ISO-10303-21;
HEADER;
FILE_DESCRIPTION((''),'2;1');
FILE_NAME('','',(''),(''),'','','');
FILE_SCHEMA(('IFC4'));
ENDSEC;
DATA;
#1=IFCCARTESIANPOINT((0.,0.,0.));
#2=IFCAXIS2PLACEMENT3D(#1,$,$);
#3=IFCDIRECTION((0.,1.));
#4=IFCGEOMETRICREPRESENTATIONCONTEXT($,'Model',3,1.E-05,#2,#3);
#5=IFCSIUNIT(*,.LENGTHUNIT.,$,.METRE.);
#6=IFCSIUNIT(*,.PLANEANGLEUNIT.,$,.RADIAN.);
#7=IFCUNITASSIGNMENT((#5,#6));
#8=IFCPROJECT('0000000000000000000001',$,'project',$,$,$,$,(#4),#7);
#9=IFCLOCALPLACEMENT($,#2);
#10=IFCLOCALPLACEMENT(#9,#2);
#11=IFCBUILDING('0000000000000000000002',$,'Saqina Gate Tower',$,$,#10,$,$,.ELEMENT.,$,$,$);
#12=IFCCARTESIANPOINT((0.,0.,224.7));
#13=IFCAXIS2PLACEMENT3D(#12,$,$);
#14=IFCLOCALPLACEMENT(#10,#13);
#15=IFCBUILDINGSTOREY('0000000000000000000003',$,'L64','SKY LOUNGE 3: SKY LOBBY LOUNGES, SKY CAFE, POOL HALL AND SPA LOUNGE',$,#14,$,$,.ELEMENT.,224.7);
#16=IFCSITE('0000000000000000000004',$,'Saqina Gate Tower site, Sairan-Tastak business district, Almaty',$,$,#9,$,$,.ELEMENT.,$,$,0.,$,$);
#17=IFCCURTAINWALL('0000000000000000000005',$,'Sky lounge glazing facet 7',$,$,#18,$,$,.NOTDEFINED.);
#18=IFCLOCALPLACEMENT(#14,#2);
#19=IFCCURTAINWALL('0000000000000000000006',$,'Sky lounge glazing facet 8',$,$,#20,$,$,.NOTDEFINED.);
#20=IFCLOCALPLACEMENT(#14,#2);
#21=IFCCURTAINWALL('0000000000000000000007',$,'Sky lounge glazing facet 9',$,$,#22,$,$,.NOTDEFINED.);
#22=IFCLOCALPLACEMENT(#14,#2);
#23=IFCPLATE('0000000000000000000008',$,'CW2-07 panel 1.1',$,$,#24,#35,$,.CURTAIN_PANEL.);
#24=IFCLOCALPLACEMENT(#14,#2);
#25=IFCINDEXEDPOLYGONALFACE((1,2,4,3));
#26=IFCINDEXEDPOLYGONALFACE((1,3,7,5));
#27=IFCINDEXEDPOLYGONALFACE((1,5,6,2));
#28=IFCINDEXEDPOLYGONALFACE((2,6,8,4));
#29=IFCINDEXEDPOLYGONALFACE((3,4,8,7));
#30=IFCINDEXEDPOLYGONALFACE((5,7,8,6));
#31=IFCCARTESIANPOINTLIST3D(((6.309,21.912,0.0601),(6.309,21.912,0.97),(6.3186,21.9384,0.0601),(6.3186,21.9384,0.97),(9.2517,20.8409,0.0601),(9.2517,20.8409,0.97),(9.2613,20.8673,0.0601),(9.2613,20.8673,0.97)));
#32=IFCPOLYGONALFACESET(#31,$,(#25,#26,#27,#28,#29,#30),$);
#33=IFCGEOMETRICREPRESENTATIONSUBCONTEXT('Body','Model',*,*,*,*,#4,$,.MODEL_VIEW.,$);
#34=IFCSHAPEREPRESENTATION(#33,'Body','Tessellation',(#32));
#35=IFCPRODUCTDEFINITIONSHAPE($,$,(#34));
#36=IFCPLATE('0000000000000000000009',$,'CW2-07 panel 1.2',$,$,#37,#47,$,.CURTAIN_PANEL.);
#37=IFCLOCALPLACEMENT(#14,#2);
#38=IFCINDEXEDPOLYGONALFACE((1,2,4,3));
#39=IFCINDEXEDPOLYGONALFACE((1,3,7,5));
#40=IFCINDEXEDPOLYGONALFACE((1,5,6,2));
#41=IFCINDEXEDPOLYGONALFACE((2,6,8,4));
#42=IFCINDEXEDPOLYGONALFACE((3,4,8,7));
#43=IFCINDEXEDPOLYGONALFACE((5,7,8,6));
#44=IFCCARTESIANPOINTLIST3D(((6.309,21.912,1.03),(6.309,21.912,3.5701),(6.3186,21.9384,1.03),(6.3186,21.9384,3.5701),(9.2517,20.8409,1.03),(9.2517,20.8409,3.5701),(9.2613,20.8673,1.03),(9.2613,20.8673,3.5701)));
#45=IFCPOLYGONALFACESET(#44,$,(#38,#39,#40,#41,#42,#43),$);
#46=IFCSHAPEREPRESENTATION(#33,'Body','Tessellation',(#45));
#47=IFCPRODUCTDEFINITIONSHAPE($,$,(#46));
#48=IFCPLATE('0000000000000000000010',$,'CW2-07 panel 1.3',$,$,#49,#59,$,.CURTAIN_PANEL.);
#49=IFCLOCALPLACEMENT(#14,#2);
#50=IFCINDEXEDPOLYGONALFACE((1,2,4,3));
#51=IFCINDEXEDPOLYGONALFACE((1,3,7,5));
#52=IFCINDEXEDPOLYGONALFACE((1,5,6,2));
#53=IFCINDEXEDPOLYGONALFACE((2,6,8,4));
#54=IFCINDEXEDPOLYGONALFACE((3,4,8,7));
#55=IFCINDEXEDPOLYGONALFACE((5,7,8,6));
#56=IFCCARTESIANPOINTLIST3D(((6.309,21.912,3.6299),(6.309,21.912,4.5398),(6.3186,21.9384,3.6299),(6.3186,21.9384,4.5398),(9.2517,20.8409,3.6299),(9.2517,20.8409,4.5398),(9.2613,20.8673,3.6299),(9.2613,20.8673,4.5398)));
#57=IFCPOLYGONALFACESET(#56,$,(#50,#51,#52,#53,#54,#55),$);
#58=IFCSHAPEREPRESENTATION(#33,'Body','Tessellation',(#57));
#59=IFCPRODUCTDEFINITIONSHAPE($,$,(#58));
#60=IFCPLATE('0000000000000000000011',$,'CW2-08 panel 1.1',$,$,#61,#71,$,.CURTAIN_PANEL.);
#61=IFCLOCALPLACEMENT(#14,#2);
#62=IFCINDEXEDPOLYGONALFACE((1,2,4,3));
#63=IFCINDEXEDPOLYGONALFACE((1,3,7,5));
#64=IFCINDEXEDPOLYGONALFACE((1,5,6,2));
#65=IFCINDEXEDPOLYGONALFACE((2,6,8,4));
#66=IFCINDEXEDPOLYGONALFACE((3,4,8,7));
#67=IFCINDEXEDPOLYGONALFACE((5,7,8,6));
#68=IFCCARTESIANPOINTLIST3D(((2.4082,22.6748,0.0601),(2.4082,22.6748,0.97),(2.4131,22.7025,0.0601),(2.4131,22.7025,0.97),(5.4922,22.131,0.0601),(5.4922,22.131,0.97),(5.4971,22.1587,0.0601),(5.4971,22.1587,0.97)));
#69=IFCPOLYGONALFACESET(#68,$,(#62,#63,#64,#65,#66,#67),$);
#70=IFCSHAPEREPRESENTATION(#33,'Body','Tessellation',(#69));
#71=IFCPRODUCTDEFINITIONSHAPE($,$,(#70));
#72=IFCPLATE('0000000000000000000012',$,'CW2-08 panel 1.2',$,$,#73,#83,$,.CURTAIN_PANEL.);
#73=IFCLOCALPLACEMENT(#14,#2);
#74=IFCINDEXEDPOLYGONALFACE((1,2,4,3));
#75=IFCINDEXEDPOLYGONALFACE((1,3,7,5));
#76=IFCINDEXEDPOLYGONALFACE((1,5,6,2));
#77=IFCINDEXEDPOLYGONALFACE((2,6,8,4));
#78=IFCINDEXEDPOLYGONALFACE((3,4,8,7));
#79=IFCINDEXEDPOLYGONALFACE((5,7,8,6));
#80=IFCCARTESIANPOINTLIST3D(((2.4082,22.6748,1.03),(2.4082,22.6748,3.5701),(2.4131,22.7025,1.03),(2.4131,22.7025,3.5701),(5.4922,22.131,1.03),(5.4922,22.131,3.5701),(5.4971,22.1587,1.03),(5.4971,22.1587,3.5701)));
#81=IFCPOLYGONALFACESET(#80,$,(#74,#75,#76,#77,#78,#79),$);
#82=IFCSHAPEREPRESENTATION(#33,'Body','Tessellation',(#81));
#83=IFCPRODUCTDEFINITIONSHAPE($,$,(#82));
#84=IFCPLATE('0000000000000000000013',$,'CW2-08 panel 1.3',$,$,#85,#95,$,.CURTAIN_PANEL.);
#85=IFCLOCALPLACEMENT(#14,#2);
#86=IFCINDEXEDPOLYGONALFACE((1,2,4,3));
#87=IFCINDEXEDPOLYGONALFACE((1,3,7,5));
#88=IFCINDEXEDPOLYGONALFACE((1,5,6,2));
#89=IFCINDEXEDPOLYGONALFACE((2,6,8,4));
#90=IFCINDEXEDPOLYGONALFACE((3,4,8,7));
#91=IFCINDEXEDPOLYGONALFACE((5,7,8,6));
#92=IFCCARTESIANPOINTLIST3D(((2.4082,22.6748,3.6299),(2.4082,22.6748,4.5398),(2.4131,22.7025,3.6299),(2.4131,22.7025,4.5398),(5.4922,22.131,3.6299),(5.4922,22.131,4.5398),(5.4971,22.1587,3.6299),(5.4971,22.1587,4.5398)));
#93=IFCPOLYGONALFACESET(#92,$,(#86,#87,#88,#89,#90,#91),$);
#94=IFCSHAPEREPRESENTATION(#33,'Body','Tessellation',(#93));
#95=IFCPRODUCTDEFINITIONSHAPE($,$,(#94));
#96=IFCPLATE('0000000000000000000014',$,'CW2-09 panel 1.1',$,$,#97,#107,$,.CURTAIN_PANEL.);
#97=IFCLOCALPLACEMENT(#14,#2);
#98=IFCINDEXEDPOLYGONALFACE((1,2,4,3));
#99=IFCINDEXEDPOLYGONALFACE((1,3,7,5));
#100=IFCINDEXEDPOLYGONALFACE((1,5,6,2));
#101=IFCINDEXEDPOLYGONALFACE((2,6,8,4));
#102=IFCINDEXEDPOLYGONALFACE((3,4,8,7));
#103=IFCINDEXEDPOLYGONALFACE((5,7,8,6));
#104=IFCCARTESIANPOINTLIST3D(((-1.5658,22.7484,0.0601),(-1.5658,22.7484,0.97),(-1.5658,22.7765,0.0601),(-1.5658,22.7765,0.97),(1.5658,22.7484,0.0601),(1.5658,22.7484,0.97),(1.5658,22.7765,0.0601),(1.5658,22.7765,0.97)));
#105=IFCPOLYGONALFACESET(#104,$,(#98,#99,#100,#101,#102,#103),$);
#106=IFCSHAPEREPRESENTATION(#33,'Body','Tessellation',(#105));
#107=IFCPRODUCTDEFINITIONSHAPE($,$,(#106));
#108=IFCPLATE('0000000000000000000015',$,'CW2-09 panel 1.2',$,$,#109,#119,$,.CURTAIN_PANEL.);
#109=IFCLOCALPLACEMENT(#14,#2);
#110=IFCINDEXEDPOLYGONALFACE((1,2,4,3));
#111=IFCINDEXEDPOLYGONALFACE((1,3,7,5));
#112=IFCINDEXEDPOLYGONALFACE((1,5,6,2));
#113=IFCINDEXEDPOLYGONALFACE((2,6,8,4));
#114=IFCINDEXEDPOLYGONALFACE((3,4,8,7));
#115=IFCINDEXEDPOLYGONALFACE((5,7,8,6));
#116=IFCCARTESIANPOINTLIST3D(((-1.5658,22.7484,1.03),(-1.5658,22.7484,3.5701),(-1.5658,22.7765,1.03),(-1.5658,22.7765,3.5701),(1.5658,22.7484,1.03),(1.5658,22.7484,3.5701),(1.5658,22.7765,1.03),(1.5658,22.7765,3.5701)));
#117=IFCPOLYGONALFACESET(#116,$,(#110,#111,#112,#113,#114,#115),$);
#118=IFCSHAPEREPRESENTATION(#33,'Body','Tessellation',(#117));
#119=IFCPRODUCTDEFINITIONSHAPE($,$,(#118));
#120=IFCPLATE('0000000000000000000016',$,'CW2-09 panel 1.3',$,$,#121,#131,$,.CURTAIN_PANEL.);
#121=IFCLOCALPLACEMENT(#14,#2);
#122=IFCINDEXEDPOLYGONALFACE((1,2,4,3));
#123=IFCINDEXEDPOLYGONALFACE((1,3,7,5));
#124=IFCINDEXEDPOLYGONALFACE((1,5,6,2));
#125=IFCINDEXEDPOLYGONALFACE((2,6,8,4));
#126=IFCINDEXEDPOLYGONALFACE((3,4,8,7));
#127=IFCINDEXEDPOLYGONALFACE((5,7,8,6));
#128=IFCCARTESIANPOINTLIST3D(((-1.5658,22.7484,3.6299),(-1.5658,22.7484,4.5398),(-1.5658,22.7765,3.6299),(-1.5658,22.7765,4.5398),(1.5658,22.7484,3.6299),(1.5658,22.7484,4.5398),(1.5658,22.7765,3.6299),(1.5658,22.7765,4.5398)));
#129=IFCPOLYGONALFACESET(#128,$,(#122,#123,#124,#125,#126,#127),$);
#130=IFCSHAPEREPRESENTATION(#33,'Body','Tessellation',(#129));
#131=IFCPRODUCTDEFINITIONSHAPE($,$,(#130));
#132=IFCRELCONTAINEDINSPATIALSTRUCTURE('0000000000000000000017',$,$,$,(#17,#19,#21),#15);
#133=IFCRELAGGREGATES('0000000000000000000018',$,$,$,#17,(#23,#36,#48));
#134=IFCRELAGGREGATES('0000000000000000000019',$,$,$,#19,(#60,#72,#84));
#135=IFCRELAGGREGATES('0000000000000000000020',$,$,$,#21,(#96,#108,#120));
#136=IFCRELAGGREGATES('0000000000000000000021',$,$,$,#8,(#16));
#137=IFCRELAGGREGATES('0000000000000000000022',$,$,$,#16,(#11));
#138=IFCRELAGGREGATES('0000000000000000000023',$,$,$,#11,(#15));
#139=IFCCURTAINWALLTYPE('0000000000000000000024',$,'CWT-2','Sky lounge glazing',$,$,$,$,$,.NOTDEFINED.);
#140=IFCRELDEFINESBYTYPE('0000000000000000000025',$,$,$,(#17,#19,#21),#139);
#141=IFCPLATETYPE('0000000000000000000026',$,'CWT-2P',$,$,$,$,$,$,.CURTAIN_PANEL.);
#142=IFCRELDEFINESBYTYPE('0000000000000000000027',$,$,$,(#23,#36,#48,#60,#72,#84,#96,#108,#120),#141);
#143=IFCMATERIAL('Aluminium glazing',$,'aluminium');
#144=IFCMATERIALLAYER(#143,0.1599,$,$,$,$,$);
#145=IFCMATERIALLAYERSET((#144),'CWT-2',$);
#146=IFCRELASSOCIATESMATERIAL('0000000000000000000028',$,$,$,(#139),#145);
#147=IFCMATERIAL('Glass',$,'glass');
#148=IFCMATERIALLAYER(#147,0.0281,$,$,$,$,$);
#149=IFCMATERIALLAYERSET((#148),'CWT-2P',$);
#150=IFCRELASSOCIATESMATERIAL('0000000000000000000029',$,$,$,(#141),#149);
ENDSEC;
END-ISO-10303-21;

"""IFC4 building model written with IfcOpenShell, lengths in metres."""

from ifc_helpers import new_model, si_unit, direction, frame, origin, origin_2d, place, context, subcontext, project, spatial, rectangle, extrude, material, layer, layer_set, type_object, element, aggregate, save


model = new_model("IFC4")

# Units and contexts
model_context = context("Model", 3, precision=1e-05, world=origin(), true_north=direction((0.0, 1.0)))
body_context = subcontext(model_context, "Body", "Model", "MODEL_VIEW")
ifc_project = project(units=[si_unit("LENGTHUNIT", "METRE"), si_unit("PLANEANGLEUNIT", "RADIAN")], contexts=[model_context])

# Site, building, storey
site_placement = place(None, origin())
site = spatial("IfcSite", under=ifc_project, at=site_placement, Name="Saqina Gate Tower site, Sairan-Tastak business district, Almaty", CompositionType="ELEMENT", RefElevation=0.0)
building_placement = place(site_placement, origin())
building = spatial("IfcBuilding", under=site, at=building_placement, Name="Saqina Gate Tower", CompositionType="ELEMENT")
storey_placement = place(building_placement, frame((0.0, 0.0, 224.7)))
storey = spatial("IfcBuildingStorey", under=building, at=storey_placement, Name="L64", Description="SKY LOUNGE 3: SKY LOBBY LOUNGES, SKY CAFE, POOL HALL AND SPA LOUNGE", CompositionType="ELEMENT", Elevation=224.7)

# Curtain wall
ifc_material_1 = material(Name="Aluminium glazing", Category="aluminium")
ifc_layer_1 = layer(ifc_material_1, 0.1599)
ifc_layer_set_1 = layer_set([ifc_layer_1], Name="CWT-2")
curtain_wall_type = type_object("IfcCurtainWallType", Name="CWT-2", Description="Sky lounge glazing", PredefinedType="NOTDEFINED", material=ifc_layer_set_1)
curtain_wall_1_placement = place(storey_placement, origin())
curtain_wall_1 = element("IfcCurtainWall", 1, at=curtain_wall_1_placement, inside=storey, type_object=curtain_wall_type, Name="Sky lounge glazing facet 7", PredefinedType="NOTDEFINED")

# Curtain wall
curtain_wall_2_placement = place(storey_placement, origin())
curtain_wall_2 = element("IfcCurtainWall", 2, at=curtain_wall_2_placement, inside=storey, type_object=curtain_wall_type, Name="Sky lounge glazing facet 8", PredefinedType="NOTDEFINED")

# Curtain wall
curtain_wall_3_placement = place(storey_placement, origin())
curtain_wall_3 = element("IfcCurtainWall", 3, at=curtain_wall_3_placement, inside=storey, type_object=curtain_wall_type, Name="Sky lounge glazing facet 9", PredefinedType="NOTDEFINED")

# Plates
ifc_material_2 = material(Name="Glass", Category="glass")
ifc_layer_2 = layer(ifc_material_2, 0.0281)
ifc_layer_set_2 = layer_set([ifc_layer_2], Name="CWT-2P")
plate_type = type_object("IfcPlateType", Name="CWT-2P", PredefinedType="CURTAIN_PANEL", material=ifc_layer_set_2)
plate_1_placement = place(storey_placement, frame((7.7852, 21.3896, 0.0601), z_axis=(0.0, 0.0, 1.0), x_axis=(-0.939697, 0.342007, 0.0)))
plate_1 = element("IfcPlate", 4, at=plate_1_placement, type_object=plate_type, Name="CW2-07 panel 1.1", PredefinedType="CURTAIN_PANEL", context=body_context, shape_type="SweptSolid", body=[
    extrude(rectangle(XDim=3.1316, YDim=0.0281, at=origin_2d()), origin(), (0.0, 0.0, 1.0), 0.9099),
])
plate_2_placement = place(storey_placement, frame((7.7852, 21.3896, 1.03), z_axis=(0.0, 0.0, 1.0), x_axis=(-0.939697, 0.342007, 0.0)))
plate_2 = element("IfcPlate", 5, at=plate_2_placement, type_object=plate_type, Name="CW2-07 panel 1.2", PredefinedType="CURTAIN_PANEL", context=body_context, shape_type="SweptSolid", body=[
    extrude(rectangle(XDim=3.1316, YDim=0.0281, at=origin_2d()), origin(), (0.0, 0.0, 1.0), 2.54),
])
plate_3_placement = place(storey_placement, frame((7.7852, 21.3896, 3.6299), z_axis=(0.0, 0.0, 1.0), x_axis=(-0.939697, 0.342007, 0.0)))
plate_3 = element("IfcPlate", 6, at=plate_3_placement, type_object=plate_type, Name="CW2-07 panel 1.3", PredefinedType="CURTAIN_PANEL", context=body_context, shape_type="SweptSolid", body=[
    extrude(rectangle(XDim=3.1316, YDim=0.0281, at=origin_2d()), origin(), (0.0, 0.0, 1.0), 0.9099),
])
aggregate(curtain_wall_1, [plate_1, plate_2, plate_3])
plate_4_placement = place(storey_placement, frame((3.9526, 22.4167, 0.0601), z_axis=(0.0, 0.0, 1.0), x_axis=(-0.984805, 0.173663, 0.0)))
plate_4 = element("IfcPlate", 7, at=plate_4_placement, type_object=plate_type, Name="CW2-08 panel 1.1", PredefinedType="CURTAIN_PANEL", context=body_context, shape_type="SweptSolid", body=[
    extrude(rectangle(XDim=3.1316, YDim=0.0281, at=origin_2d()), origin(), (0.0, 0.0, 1.0), 0.9099),
])
plate_5_placement = place(storey_placement, frame((3.9526, 22.4167, 1.03), z_axis=(0.0, 0.0, 1.0), x_axis=(-0.984805, 0.173663, 0.0)))
plate_5 = element("IfcPlate", 8, at=plate_5_placement, type_object=plate_type, Name="CW2-08 panel 1.2", PredefinedType="CURTAIN_PANEL", context=body_context, shape_type="SweptSolid", body=[
    extrude(rectangle(XDim=3.1316, YDim=0.0281, at=origin_2d()), origin(), (0.0, 0.0, 1.0), 2.54),
])
plate_6_placement = place(storey_placement, frame((3.9526, 22.4167, 3.6299), z_axis=(0.0, 0.0, 1.0), x_axis=(-0.984805, 0.173663, 0.0)))
plate_6 = element("IfcPlate", 9, at=plate_6_placement, type_object=plate_type, Name="CW2-08 panel 1.3", PredefinedType="CURTAIN_PANEL", context=body_context, shape_type="SweptSolid", body=[
    extrude(rectangle(XDim=3.1316, YDim=0.0281, at=origin_2d()), origin(), (0.0, 0.0, 1.0), 0.9099),
])
aggregate(curtain_wall_2, [plate_4, plate_5, plate_6])
plate_7_placement = place(storey_placement, frame((0.0, 22.7625, 0.0601), z_axis=(0.0, 0.0, 1.0), x_axis=(-1.0, 0.0, 0.0)))
plate_7 = element("IfcPlate", 10, at=plate_7_placement, type_object=plate_type, Name="CW2-09 panel 1.1", PredefinedType="CURTAIN_PANEL", context=body_context, shape_type="SweptSolid", body=[
    extrude(rectangle(XDim=3.1316, YDim=0.0281, at=origin_2d()), origin(), (0.0, 0.0, 1.0), 0.9099),
])
plate_8_placement = place(storey_placement, frame((0.0, 22.7625, 1.03), z_axis=(0.0, 0.0, 1.0), x_axis=(-1.0, 0.0, 0.0)))
plate_8 = element("IfcPlate", 11, at=plate_8_placement, type_object=plate_type, Name="CW2-09 panel 1.2", PredefinedType="CURTAIN_PANEL", context=body_context, shape_type="SweptSolid", body=[
    extrude(rectangle(XDim=3.1316, YDim=0.0281, at=origin_2d()), origin(), (0.0, 0.0, 1.0), 2.54),
])
plate_9_placement = place(storey_placement, frame((0.0, 22.7625, 3.6299), z_axis=(0.0, 0.0, 1.0), x_axis=(-1.0, 0.0, 0.0)))
plate_9 = element("IfcPlate", 12, at=plate_9_placement, type_object=plate_type, Name="CW2-09 panel 1.3", PredefinedType="CURTAIN_PANEL", context=body_context, shape_type="SweptSolid", body=[
    extrude(rectangle(XDim=3.1316, YDim=0.0281, at=origin_2d()), origin(), (0.0, 0.0, 1.0), 0.9099),
])
aggregate(curtain_wall_3, [plate_7, plate_8, plate_9])

save(model, "model.ifc")
